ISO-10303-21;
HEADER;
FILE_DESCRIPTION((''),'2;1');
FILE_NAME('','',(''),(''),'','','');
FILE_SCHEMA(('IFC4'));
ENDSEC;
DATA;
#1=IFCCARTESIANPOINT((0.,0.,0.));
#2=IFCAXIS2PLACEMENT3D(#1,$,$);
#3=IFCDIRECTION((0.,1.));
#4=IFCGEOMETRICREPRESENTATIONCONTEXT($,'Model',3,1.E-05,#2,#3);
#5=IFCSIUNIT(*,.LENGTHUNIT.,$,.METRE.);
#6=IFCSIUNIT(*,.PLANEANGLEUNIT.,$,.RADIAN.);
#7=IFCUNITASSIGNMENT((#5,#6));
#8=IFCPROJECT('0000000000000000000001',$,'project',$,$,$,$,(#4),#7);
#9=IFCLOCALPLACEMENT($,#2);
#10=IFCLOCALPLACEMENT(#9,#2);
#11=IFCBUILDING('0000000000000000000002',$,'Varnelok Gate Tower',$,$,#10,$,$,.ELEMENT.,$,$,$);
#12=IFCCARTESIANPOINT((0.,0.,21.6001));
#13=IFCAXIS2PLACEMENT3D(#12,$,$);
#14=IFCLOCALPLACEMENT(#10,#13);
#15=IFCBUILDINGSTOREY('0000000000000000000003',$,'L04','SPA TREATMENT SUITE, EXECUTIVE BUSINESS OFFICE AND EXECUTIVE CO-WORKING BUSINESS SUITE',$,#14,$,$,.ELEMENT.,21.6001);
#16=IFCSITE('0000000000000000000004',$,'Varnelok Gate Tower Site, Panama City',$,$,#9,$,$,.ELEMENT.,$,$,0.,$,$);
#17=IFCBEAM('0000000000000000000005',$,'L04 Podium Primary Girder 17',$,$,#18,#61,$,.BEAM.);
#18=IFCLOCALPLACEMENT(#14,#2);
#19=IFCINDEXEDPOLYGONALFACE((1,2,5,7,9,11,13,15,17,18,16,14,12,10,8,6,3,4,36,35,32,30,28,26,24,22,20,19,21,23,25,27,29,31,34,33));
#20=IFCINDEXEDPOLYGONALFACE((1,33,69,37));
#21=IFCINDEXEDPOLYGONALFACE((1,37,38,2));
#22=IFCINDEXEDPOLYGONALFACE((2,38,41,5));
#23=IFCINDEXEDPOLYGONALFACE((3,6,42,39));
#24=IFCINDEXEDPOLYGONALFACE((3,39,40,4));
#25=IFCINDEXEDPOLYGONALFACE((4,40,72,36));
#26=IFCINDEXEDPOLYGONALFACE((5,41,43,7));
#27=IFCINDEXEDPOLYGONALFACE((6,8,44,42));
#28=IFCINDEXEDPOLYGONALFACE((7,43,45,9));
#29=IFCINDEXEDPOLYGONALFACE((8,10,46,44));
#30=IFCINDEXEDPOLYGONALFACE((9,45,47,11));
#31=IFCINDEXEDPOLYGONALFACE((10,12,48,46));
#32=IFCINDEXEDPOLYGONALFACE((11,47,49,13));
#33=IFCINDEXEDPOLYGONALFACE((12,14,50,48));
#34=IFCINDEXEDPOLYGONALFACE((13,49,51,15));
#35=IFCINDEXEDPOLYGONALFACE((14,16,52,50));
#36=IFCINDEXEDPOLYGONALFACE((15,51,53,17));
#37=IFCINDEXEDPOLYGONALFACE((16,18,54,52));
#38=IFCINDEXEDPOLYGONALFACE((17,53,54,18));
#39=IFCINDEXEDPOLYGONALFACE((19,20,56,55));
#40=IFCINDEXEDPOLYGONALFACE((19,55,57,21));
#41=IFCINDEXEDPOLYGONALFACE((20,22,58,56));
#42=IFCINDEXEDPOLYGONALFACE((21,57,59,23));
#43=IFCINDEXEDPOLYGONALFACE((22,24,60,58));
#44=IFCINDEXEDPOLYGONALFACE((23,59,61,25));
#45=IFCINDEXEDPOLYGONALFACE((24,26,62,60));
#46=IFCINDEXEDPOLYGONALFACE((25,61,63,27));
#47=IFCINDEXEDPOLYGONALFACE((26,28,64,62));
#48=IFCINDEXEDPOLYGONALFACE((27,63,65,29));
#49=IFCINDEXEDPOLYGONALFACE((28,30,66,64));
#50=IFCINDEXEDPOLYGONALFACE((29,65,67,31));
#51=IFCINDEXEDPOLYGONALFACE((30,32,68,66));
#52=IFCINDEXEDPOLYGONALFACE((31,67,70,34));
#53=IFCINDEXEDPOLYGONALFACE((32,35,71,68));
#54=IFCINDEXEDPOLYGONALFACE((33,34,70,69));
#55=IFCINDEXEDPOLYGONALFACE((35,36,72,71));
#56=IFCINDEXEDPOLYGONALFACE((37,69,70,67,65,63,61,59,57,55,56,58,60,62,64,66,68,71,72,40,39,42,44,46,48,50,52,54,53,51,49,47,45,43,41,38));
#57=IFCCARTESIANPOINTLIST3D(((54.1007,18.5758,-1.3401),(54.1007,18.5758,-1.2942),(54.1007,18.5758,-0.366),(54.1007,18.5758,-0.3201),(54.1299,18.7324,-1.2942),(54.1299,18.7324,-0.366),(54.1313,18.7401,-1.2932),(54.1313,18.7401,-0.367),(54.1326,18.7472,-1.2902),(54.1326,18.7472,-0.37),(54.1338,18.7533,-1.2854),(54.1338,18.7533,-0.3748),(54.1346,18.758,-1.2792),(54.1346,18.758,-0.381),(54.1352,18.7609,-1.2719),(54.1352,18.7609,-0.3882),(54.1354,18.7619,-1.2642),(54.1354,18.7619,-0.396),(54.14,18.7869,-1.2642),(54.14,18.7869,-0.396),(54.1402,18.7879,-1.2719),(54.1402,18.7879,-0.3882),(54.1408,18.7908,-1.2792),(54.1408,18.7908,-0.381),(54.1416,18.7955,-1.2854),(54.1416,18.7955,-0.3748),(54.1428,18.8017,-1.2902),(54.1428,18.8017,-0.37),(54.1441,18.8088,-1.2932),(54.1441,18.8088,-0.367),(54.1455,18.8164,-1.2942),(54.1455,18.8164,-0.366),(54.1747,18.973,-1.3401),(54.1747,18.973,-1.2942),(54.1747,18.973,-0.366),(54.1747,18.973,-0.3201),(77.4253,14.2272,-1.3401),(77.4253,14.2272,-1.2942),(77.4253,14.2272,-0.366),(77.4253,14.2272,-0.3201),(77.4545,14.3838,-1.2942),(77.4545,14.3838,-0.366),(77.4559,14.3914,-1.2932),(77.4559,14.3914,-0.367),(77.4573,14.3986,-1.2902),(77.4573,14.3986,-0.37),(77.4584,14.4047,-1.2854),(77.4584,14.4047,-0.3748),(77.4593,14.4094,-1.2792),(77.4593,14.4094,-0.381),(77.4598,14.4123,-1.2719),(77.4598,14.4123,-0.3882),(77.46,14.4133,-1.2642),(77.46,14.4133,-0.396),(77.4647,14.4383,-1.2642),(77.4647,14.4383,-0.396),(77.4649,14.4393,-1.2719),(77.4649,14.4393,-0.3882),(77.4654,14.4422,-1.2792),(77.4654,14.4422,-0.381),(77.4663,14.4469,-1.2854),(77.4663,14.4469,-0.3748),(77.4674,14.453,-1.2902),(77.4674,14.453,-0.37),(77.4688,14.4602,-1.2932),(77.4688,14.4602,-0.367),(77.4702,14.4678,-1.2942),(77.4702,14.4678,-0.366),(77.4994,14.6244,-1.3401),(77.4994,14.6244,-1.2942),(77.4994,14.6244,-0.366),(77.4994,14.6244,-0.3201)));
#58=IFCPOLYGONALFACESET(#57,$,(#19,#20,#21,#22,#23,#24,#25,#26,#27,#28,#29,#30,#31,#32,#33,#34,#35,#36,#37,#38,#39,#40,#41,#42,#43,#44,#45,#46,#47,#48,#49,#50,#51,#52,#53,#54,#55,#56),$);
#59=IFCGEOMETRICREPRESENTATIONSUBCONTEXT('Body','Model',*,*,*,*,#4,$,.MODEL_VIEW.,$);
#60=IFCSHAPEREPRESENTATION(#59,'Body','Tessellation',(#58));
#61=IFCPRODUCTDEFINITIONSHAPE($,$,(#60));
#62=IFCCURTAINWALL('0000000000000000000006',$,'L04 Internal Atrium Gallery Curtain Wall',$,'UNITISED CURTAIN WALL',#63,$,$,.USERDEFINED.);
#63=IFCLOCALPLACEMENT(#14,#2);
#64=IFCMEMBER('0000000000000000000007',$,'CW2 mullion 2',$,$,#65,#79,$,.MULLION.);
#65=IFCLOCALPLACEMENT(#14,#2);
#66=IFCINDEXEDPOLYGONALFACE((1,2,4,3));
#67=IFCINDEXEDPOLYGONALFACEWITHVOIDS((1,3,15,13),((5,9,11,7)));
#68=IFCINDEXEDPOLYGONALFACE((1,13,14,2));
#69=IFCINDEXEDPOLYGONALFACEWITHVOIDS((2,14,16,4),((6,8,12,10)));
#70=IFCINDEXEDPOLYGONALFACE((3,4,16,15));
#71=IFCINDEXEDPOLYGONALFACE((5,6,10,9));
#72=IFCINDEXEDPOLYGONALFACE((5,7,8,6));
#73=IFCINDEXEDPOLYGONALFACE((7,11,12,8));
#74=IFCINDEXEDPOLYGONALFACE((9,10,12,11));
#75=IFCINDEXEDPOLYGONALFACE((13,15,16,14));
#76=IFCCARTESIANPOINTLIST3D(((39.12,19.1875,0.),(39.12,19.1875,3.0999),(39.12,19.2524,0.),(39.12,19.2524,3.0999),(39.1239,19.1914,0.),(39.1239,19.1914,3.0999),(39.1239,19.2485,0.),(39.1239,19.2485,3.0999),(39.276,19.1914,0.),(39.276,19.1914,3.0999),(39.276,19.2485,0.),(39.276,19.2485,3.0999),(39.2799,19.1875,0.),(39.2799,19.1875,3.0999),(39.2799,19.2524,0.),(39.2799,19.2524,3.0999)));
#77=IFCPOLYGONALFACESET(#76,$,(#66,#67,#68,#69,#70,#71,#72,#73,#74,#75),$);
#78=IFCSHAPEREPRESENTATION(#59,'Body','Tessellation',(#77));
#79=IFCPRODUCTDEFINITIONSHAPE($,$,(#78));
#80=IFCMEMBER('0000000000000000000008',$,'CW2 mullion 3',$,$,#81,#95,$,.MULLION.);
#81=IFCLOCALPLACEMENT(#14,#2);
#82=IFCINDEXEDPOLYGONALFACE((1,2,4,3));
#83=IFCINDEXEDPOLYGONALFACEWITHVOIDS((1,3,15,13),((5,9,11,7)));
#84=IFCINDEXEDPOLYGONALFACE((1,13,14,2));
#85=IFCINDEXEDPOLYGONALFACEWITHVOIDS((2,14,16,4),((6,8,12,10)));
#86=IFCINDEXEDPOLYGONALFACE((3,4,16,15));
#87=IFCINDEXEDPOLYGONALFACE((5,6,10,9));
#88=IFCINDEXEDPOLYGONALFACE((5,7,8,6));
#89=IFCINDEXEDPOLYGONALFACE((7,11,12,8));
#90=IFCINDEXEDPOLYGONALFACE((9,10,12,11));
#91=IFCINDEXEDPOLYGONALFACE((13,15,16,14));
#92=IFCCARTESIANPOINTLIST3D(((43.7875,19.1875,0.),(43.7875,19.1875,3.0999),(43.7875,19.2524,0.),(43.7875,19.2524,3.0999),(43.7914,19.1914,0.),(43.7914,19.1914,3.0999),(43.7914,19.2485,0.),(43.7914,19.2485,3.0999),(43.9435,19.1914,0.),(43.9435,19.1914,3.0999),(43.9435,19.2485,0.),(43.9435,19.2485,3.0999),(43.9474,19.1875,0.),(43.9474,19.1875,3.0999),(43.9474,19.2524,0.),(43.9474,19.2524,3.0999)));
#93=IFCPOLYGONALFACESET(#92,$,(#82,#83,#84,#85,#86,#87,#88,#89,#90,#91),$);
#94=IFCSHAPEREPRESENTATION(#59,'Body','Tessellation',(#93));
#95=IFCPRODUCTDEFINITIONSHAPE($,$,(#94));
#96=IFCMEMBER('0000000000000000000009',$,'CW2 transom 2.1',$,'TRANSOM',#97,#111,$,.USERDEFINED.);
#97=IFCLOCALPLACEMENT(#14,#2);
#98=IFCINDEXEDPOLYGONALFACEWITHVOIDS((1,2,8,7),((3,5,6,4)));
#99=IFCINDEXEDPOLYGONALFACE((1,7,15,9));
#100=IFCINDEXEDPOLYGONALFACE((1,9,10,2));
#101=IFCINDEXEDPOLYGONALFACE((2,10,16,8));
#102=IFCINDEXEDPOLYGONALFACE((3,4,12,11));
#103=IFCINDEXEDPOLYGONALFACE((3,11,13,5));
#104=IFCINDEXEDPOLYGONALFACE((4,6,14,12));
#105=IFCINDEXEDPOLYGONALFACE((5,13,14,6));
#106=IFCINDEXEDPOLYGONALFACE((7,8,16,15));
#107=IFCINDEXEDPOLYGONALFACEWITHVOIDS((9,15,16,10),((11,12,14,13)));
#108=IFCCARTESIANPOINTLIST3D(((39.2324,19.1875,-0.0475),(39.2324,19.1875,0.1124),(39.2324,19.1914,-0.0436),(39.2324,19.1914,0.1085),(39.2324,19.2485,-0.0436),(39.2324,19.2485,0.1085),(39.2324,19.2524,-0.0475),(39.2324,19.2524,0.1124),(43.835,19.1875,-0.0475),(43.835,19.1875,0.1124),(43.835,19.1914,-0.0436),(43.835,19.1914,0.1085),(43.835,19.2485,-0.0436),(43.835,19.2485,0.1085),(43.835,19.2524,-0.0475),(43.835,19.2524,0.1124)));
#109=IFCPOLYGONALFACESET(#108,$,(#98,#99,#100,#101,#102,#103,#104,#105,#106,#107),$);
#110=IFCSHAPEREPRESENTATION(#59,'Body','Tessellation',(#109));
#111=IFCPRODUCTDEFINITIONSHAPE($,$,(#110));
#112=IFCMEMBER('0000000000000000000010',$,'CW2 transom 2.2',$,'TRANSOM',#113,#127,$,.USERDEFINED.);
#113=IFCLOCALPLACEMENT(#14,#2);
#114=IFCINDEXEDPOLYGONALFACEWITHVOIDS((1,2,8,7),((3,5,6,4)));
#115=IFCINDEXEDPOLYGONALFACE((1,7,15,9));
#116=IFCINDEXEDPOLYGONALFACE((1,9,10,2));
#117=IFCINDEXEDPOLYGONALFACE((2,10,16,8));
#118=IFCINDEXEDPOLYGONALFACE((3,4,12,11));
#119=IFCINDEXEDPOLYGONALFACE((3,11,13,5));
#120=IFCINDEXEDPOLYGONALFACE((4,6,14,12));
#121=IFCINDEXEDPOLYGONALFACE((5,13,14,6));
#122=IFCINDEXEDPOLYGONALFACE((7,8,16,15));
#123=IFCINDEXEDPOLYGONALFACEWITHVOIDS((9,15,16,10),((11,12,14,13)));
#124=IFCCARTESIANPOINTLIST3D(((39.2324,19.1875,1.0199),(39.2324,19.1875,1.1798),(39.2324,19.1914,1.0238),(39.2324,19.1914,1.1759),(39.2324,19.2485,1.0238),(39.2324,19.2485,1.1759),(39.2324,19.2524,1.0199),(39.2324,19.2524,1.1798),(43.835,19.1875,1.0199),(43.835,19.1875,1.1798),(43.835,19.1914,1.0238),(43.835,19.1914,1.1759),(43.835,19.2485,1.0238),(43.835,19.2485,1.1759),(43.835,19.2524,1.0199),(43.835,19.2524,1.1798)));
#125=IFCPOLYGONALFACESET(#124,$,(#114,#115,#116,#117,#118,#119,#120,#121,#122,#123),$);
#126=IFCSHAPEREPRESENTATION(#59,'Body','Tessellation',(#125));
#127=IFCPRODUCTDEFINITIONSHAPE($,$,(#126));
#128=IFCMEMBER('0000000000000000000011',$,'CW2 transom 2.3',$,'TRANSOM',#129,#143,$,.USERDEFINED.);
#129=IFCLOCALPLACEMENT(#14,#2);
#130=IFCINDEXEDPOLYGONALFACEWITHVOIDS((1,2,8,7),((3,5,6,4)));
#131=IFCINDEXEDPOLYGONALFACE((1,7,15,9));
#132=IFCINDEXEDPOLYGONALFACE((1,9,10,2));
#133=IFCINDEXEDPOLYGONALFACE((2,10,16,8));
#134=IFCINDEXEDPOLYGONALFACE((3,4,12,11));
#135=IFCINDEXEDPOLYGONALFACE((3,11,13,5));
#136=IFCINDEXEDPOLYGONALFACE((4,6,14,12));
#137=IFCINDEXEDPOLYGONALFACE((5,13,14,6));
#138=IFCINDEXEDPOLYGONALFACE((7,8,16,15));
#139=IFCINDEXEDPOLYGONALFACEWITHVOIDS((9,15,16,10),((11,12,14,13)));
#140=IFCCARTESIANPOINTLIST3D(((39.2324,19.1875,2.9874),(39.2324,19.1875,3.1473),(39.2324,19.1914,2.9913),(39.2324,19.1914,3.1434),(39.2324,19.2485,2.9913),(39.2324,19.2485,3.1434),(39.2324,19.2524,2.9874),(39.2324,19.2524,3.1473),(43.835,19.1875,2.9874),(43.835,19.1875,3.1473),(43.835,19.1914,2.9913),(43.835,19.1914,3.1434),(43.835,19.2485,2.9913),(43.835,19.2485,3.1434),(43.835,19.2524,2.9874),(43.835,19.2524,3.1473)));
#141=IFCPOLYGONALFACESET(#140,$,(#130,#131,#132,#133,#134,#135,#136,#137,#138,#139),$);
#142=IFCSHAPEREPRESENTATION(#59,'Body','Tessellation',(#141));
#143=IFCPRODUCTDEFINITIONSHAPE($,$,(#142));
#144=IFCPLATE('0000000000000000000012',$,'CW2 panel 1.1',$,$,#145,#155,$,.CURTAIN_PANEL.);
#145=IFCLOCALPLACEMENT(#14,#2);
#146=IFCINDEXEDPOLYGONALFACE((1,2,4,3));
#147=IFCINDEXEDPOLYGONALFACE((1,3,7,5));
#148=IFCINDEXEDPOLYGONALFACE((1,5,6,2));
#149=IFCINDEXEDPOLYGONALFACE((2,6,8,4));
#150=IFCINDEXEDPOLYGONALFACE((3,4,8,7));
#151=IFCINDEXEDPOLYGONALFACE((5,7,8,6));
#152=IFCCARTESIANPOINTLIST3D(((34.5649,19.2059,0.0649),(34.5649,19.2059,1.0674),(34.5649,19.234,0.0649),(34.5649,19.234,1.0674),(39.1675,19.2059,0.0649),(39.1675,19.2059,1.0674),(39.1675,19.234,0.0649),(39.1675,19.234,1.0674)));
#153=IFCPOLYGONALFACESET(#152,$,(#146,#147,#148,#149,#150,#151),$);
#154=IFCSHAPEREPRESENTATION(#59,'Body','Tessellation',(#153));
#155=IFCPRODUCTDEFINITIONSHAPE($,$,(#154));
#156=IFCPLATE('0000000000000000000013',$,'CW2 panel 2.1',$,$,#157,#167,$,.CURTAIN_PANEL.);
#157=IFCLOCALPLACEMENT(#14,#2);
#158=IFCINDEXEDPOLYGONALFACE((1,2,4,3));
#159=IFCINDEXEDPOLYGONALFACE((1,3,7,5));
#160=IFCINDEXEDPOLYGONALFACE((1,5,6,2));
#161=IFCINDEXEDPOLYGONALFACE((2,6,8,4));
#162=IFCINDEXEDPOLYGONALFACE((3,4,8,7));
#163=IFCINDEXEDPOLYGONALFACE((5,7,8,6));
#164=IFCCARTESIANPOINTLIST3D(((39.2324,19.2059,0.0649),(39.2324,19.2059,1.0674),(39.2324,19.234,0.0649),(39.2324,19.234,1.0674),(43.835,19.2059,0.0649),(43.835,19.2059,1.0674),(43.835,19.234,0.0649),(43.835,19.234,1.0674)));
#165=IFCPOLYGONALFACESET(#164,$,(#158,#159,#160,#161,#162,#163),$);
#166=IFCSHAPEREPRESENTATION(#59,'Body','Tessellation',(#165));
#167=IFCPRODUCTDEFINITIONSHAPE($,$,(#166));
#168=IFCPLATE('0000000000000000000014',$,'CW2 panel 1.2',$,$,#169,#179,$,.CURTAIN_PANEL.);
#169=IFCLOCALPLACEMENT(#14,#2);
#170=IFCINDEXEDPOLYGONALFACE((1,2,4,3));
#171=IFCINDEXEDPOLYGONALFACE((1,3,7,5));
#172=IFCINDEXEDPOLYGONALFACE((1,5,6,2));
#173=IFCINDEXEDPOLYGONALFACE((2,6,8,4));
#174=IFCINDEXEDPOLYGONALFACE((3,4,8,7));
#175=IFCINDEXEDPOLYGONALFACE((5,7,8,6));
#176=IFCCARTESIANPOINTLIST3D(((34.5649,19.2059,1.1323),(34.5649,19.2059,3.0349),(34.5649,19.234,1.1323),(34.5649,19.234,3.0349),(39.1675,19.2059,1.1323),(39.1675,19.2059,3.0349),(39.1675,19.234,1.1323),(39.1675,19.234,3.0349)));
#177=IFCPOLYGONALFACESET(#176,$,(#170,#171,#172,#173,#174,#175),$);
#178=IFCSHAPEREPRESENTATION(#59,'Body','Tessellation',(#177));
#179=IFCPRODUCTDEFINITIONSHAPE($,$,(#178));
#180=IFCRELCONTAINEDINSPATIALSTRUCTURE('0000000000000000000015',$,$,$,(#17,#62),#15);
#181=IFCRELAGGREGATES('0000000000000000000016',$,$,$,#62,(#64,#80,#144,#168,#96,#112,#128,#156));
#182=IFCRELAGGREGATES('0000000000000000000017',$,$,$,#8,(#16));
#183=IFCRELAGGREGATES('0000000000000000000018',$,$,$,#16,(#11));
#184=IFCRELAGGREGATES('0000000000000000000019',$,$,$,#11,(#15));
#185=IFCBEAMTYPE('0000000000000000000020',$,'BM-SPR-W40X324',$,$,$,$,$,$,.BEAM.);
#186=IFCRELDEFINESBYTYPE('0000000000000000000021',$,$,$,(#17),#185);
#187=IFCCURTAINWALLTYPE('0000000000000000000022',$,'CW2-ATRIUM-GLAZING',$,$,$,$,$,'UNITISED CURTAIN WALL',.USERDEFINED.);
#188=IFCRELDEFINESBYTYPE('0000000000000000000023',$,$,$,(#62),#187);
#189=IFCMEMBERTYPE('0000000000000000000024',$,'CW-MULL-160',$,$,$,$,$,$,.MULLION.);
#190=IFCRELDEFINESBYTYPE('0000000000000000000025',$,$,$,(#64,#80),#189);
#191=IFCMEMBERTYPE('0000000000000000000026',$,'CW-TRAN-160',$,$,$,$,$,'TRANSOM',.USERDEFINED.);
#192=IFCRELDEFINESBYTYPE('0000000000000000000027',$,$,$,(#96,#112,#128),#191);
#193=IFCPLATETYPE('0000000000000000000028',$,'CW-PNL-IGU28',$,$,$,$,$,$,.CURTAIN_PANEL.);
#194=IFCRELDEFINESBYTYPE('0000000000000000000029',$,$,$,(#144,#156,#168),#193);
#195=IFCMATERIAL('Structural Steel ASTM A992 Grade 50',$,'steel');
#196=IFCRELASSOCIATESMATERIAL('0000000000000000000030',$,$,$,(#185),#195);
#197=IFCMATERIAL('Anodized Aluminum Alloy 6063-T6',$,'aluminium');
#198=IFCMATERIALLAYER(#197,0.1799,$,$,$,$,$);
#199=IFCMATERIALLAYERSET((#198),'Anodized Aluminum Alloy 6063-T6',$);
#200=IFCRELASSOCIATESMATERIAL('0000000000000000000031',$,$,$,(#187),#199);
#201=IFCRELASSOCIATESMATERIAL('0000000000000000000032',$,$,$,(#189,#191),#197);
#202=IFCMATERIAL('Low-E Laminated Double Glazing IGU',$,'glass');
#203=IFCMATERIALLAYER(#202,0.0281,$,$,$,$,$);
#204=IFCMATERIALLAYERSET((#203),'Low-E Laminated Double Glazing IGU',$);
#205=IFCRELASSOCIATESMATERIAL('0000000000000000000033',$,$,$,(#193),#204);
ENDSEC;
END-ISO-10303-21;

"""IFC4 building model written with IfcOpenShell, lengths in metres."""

from ifc_helpers import new_model, si_unit, direction, frame, origin, origin_2d, place, context, subcontext, project, spatial, rectangle, hollow_rectangle, i_section, extrude, source, transform, mapped, material, layer, layer_set, material_profile, profile_set, type_object, element, aggregate, save


model = new_model("IFC4")

# Units and contexts
model_context = context("Model", 3, precision=1e-05, world=origin(), true_north=direction((0.0, 1.0)))
body_context = subcontext(model_context, "Body", "Model", "MODEL_VIEW")
ifc_project = project(units=[si_unit("LENGTHUNIT", "METRE"), si_unit("PLANEANGLEUNIT", "RADIAN")], contexts=[model_context])

# Site, building, storey
site_placement = place(None, origin())
site = spatial("IfcSite", under=ifc_project, at=site_placement, Name="Varnelok Gate Tower Site, Panama City", CompositionType="ELEMENT", RefElevation=0.0)
building_placement = place(site_placement, origin())
building = spatial("IfcBuilding", under=site, at=building_placement, Name="Varnelok Gate Tower", CompositionType="ELEMENT")
storey_placement = place(building_placement, frame((0.0, 0.0, 21.6001)))
storey = spatial("IfcBuildingStorey", under=building, at=storey_placement, Name="L04", Description="SPA TREATMENT SUITE, EXECUTIVE BUSINESS OFFICE AND EXECUTIVE CO-WORKING BUSINESS SUITE", CompositionType="ELEMENT", Elevation=21.6001)

# Shared definitions
ifc_material_1 = material(Name="Structural Steel ASTM A992 Grade 50", Category="steel")

# Beam
ifc_material_profile_1 = material_profile(ifc_material_1, i_section(OverallWidth=0.4041, OverallDepth=1.02, WebThickness=0.0254, FlangeThickness=0.0459, FilletRadius=0.03, at=origin_2d()), Name="W40X324")
ifc_profile_set_1 = profile_set([ifc_material_profile_1], Name="Structural Steel ASTM A992 Grade 50")
beam_type_1 = type_object("IfcBeamType", Name="BM-SPR-W40X324", PredefinedType="BEAM", material=ifc_profile_set_1)
beam_1_placement = place(storey_placement, frame((54.1377, 18.7744, -0.8301), z_axis=(0.983061, -0.183281, 0.0), x_axis=(0.183281, 0.983061, 0.0)))
element("IfcBeam", 1, at=beam_1_placement, inside=storey, type_object=beam_type_1, Name="L04 Podium Primary Girder 17", PredefinedType="BEAM", context=body_context, shape_type="SweptSolid", body=[
    extrude(i_section(OverallWidth=0.4041, OverallDepth=1.02, WebThickness=0.0254, FlangeThickness=0.0459, FilletRadius=0.03, at=origin_2d()), origin(), (0.0, 0.0, 1.0), 23.7266),
])

# Curtain wall, members, plates
ifc_material_2 = material(Name="Anodized Aluminum Alloy 6063-T6", Category="aluminium")
ifc_layer_1 = layer(ifc_material_2, 0.1799)
ifc_layer_set_1 = layer_set([ifc_layer_1], Name="Anodized Aluminum Alloy 6063-T6")
curtain_wall_type = type_object("IfcCurtainWallType", Name="CW2-ATRIUM-GLAZING", ElementType="UNITISED CURTAIN WALL", PredefinedType="USERDEFINED", material=ifc_layer_set_1)
curtain_wall_placement = place(storey_placement, origin())
curtain_wall = element("IfcCurtainWall", 2, at=curtain_wall_placement, inside=storey, type_object=curtain_wall_type, Name="L04 Internal Atrium Gallery Curtain Wall", ObjectType="UNITISED CURTAIN WALL", PredefinedType="USERDEFINED")
ifc_material_profile_2 = material_profile(ifc_material_2, hollow_rectangle(XDim=0.0649, YDim=0.1599, WallThickness=0.0039, at=origin_2d()), Name="ALU160X65X4")
ifc_profile_set_2 = profile_set([ifc_material_profile_2], Name="Anodized Aluminum Alloy 6063-T6")
member_type_1 = type_object("IfcMemberType", Name="CW-MULL-160", PredefinedType="MULLION", material=ifc_profile_set_2)
member_1_placement = place(storey_placement, frame((39.2, 19.22, 0.0), z_axis=(0.0, 0.0, 1.0), x_axis=(0.0, 1.0, 0.0)))
member_1 = element("IfcMember", 3, at=member_1_placement, type_object=member_type_1, Name="CW2 mullion 2", PredefinedType="MULLION", context=body_context, shape_type="SweptSolid", body=[
    extrude(hollow_rectangle(XDim=0.0649, YDim=0.1599, WallThickness=0.0039, at=origin_2d()), origin(), (0.0, 0.0, 1.0), 3.0999),
])
member_2_placement = place(storey_placement, frame((43.8674, 19.22, 0.0), z_axis=(0.0, 0.0, 1.0), x_axis=(0.0, 1.0, 0.0)))
member_2 = element("IfcMember", 4, at=member_2_placement, type_object=member_type_1, Name="CW2 mullion 3", PredefinedType="MULLION", context=body_context, shape_type="SweptSolid", body=[
    extrude(hollow_rectangle(XDim=0.0649, YDim=0.1599, WallThickness=0.0039, at=origin_2d()), origin(), (0.0, 0.0, 1.0), 3.0999),
])
ifc_material_profile_3 = material_profile(ifc_material_2, hollow_rectangle(XDim=0.0649, YDim=0.1599, WallThickness=0.0039, at=origin_2d()), Name="ALU160X65X4")
ifc_profile_set_3 = profile_set([ifc_material_profile_3], Name="Anodized Aluminum Alloy 6063-T6")
member_type_2 = type_object("IfcMemberType", Name="CW-TRAN-160", ElementType="TRANSOM", PredefinedType="USERDEFINED", material=ifc_profile_set_3)
member_3_placement = place(storey_placement, frame((39.2324, 19.22, 0.0325), z_axis=(1.0, 0.0, 0.0), x_axis=(0.0, 1.0, 0.0)))
member_3 = element("IfcMember", 5, at=member_3_placement, type_object=member_type_2, Name="CW2 transom 2.1", ObjectType="TRANSOM", PredefinedType="USERDEFINED", context=body_context, shape_type="SweptSolid", body=[
    extrude(hollow_rectangle(XDim=0.0649, YDim=0.1599, WallThickness=0.0039, at=origin_2d()), origin(), (0.0, 0.0, 1.0), 4.6025),
])
member_4_placement = place(storey_placement, frame((39.2324, 19.22, 1.0999), z_axis=(1.0, 0.0, 0.0), x_axis=(0.0, 1.0, 0.0)))
member_4 = element("IfcMember", 6, at=member_4_placement, type_object=member_type_2, Name="CW2 transom 2.2", ObjectType="TRANSOM", PredefinedType="USERDEFINED", context=body_context, shape_type="SweptSolid", body=[
    extrude(hollow_rectangle(XDim=0.0649, YDim=0.1599, WallThickness=0.0039, at=origin_2d()), origin(), (0.0, 0.0, 1.0), 4.6025),
])
member_5_placement = place(storey_placement, frame((39.2324, 19.22, 3.0674), z_axis=(1.0, 0.0, 0.0), x_axis=(0.0, 1.0, 0.0)))
member_5 = element("IfcMember", 7, at=member_5_placement, type_object=member_type_2, Name="CW2 transom 2.3", ObjectType="TRANSOM", PredefinedType="USERDEFINED", context=body_context, shape_type="SweptSolid", body=[
    extrude(hollow_rectangle(XDim=0.0649, YDim=0.1599, WallThickness=0.0039, at=origin_2d()), origin(), (0.0, 0.0, 1.0), 4.6025),
])
ifc_material_3 = material(Name="Low-E Laminated Double Glazing IGU", Category="glass")
ifc_layer_2 = layer(ifc_material_3, 0.0281)
ifc_layer_set_2 = layer_set([ifc_layer_2], Name="Low-E Laminated Double Glazing IGU")
plate_type = type_object("IfcPlateType", Name="CW-PNL-IGU28", PredefinedType="CURTAIN_PANEL", material=ifc_layer_set_2)
shared_shape_1 = source(origin(), body_context, "Body", "SweptSolid", [
    extrude(rectangle(XDim=4.6025, YDim=0.0281, at=origin_2d()), origin(), (0.0, 0.0, 1.0), 1.0024),
])
plate_1_placement = place(storey_placement, frame((36.8662, 19.22, 0.0649), z_axis=(0.0, 0.0, 1.0), x_axis=(1.0, 0.0, 0.0)))
plate_1 = element("IfcPlate", 8, at=plate_1_placement, type_object=plate_type, Name="CW2 panel 1.1", PredefinedType="CURTAIN_PANEL", context=body_context, shape_type="MappedRepresentation", body=[
    mapped(shared_shape_1, transform((0.0, 0.0, 0.0), scale=1.0)),
])
plate_2_placement = place(storey_placement, frame((41.5337, 19.22, 0.0649), z_axis=(0.0, 0.0, 1.0), x_axis=(1.0, 0.0, 0.0)))
plate_2 = element("IfcPlate", 9, at=plate_2_placement, type_object=plate_type, Name="CW2 panel 2.1", PredefinedType="CURTAIN_PANEL", context=body_context, shape_type="MappedRepresentation", body=[
    mapped(shared_shape_1, transform((0.0, 0.0, 0.0), scale=1.0)),
])
shared_shape_2 = source(origin(), body_context, "Body", "SweptSolid", [
    extrude(rectangle(XDim=4.6025, YDim=0.0281, at=origin_2d()), origin(), (0.0, 0.0, 1.0), 1.9026),
])
plate_3_placement = place(storey_placement, frame((36.8662, 19.22, 1.1323), z_axis=(0.0, 0.0, 1.0), x_axis=(1.0, 0.0, 0.0)))
plate_3 = element("IfcPlate", 10, at=plate_3_placement, type_object=plate_type, Name="CW2 panel 1.2", PredefinedType="CURTAIN_PANEL", context=body_context, shape_type="MappedRepresentation", body=[
    mapped(shared_shape_2, transform((0.0, 0.0, 0.0), scale=1.0)),
])
aggregate(curtain_wall, [member_1, member_2, plate_1, plate_3, member_3, member_4, member_5, plate_2])

save(model, "model.ifc")
